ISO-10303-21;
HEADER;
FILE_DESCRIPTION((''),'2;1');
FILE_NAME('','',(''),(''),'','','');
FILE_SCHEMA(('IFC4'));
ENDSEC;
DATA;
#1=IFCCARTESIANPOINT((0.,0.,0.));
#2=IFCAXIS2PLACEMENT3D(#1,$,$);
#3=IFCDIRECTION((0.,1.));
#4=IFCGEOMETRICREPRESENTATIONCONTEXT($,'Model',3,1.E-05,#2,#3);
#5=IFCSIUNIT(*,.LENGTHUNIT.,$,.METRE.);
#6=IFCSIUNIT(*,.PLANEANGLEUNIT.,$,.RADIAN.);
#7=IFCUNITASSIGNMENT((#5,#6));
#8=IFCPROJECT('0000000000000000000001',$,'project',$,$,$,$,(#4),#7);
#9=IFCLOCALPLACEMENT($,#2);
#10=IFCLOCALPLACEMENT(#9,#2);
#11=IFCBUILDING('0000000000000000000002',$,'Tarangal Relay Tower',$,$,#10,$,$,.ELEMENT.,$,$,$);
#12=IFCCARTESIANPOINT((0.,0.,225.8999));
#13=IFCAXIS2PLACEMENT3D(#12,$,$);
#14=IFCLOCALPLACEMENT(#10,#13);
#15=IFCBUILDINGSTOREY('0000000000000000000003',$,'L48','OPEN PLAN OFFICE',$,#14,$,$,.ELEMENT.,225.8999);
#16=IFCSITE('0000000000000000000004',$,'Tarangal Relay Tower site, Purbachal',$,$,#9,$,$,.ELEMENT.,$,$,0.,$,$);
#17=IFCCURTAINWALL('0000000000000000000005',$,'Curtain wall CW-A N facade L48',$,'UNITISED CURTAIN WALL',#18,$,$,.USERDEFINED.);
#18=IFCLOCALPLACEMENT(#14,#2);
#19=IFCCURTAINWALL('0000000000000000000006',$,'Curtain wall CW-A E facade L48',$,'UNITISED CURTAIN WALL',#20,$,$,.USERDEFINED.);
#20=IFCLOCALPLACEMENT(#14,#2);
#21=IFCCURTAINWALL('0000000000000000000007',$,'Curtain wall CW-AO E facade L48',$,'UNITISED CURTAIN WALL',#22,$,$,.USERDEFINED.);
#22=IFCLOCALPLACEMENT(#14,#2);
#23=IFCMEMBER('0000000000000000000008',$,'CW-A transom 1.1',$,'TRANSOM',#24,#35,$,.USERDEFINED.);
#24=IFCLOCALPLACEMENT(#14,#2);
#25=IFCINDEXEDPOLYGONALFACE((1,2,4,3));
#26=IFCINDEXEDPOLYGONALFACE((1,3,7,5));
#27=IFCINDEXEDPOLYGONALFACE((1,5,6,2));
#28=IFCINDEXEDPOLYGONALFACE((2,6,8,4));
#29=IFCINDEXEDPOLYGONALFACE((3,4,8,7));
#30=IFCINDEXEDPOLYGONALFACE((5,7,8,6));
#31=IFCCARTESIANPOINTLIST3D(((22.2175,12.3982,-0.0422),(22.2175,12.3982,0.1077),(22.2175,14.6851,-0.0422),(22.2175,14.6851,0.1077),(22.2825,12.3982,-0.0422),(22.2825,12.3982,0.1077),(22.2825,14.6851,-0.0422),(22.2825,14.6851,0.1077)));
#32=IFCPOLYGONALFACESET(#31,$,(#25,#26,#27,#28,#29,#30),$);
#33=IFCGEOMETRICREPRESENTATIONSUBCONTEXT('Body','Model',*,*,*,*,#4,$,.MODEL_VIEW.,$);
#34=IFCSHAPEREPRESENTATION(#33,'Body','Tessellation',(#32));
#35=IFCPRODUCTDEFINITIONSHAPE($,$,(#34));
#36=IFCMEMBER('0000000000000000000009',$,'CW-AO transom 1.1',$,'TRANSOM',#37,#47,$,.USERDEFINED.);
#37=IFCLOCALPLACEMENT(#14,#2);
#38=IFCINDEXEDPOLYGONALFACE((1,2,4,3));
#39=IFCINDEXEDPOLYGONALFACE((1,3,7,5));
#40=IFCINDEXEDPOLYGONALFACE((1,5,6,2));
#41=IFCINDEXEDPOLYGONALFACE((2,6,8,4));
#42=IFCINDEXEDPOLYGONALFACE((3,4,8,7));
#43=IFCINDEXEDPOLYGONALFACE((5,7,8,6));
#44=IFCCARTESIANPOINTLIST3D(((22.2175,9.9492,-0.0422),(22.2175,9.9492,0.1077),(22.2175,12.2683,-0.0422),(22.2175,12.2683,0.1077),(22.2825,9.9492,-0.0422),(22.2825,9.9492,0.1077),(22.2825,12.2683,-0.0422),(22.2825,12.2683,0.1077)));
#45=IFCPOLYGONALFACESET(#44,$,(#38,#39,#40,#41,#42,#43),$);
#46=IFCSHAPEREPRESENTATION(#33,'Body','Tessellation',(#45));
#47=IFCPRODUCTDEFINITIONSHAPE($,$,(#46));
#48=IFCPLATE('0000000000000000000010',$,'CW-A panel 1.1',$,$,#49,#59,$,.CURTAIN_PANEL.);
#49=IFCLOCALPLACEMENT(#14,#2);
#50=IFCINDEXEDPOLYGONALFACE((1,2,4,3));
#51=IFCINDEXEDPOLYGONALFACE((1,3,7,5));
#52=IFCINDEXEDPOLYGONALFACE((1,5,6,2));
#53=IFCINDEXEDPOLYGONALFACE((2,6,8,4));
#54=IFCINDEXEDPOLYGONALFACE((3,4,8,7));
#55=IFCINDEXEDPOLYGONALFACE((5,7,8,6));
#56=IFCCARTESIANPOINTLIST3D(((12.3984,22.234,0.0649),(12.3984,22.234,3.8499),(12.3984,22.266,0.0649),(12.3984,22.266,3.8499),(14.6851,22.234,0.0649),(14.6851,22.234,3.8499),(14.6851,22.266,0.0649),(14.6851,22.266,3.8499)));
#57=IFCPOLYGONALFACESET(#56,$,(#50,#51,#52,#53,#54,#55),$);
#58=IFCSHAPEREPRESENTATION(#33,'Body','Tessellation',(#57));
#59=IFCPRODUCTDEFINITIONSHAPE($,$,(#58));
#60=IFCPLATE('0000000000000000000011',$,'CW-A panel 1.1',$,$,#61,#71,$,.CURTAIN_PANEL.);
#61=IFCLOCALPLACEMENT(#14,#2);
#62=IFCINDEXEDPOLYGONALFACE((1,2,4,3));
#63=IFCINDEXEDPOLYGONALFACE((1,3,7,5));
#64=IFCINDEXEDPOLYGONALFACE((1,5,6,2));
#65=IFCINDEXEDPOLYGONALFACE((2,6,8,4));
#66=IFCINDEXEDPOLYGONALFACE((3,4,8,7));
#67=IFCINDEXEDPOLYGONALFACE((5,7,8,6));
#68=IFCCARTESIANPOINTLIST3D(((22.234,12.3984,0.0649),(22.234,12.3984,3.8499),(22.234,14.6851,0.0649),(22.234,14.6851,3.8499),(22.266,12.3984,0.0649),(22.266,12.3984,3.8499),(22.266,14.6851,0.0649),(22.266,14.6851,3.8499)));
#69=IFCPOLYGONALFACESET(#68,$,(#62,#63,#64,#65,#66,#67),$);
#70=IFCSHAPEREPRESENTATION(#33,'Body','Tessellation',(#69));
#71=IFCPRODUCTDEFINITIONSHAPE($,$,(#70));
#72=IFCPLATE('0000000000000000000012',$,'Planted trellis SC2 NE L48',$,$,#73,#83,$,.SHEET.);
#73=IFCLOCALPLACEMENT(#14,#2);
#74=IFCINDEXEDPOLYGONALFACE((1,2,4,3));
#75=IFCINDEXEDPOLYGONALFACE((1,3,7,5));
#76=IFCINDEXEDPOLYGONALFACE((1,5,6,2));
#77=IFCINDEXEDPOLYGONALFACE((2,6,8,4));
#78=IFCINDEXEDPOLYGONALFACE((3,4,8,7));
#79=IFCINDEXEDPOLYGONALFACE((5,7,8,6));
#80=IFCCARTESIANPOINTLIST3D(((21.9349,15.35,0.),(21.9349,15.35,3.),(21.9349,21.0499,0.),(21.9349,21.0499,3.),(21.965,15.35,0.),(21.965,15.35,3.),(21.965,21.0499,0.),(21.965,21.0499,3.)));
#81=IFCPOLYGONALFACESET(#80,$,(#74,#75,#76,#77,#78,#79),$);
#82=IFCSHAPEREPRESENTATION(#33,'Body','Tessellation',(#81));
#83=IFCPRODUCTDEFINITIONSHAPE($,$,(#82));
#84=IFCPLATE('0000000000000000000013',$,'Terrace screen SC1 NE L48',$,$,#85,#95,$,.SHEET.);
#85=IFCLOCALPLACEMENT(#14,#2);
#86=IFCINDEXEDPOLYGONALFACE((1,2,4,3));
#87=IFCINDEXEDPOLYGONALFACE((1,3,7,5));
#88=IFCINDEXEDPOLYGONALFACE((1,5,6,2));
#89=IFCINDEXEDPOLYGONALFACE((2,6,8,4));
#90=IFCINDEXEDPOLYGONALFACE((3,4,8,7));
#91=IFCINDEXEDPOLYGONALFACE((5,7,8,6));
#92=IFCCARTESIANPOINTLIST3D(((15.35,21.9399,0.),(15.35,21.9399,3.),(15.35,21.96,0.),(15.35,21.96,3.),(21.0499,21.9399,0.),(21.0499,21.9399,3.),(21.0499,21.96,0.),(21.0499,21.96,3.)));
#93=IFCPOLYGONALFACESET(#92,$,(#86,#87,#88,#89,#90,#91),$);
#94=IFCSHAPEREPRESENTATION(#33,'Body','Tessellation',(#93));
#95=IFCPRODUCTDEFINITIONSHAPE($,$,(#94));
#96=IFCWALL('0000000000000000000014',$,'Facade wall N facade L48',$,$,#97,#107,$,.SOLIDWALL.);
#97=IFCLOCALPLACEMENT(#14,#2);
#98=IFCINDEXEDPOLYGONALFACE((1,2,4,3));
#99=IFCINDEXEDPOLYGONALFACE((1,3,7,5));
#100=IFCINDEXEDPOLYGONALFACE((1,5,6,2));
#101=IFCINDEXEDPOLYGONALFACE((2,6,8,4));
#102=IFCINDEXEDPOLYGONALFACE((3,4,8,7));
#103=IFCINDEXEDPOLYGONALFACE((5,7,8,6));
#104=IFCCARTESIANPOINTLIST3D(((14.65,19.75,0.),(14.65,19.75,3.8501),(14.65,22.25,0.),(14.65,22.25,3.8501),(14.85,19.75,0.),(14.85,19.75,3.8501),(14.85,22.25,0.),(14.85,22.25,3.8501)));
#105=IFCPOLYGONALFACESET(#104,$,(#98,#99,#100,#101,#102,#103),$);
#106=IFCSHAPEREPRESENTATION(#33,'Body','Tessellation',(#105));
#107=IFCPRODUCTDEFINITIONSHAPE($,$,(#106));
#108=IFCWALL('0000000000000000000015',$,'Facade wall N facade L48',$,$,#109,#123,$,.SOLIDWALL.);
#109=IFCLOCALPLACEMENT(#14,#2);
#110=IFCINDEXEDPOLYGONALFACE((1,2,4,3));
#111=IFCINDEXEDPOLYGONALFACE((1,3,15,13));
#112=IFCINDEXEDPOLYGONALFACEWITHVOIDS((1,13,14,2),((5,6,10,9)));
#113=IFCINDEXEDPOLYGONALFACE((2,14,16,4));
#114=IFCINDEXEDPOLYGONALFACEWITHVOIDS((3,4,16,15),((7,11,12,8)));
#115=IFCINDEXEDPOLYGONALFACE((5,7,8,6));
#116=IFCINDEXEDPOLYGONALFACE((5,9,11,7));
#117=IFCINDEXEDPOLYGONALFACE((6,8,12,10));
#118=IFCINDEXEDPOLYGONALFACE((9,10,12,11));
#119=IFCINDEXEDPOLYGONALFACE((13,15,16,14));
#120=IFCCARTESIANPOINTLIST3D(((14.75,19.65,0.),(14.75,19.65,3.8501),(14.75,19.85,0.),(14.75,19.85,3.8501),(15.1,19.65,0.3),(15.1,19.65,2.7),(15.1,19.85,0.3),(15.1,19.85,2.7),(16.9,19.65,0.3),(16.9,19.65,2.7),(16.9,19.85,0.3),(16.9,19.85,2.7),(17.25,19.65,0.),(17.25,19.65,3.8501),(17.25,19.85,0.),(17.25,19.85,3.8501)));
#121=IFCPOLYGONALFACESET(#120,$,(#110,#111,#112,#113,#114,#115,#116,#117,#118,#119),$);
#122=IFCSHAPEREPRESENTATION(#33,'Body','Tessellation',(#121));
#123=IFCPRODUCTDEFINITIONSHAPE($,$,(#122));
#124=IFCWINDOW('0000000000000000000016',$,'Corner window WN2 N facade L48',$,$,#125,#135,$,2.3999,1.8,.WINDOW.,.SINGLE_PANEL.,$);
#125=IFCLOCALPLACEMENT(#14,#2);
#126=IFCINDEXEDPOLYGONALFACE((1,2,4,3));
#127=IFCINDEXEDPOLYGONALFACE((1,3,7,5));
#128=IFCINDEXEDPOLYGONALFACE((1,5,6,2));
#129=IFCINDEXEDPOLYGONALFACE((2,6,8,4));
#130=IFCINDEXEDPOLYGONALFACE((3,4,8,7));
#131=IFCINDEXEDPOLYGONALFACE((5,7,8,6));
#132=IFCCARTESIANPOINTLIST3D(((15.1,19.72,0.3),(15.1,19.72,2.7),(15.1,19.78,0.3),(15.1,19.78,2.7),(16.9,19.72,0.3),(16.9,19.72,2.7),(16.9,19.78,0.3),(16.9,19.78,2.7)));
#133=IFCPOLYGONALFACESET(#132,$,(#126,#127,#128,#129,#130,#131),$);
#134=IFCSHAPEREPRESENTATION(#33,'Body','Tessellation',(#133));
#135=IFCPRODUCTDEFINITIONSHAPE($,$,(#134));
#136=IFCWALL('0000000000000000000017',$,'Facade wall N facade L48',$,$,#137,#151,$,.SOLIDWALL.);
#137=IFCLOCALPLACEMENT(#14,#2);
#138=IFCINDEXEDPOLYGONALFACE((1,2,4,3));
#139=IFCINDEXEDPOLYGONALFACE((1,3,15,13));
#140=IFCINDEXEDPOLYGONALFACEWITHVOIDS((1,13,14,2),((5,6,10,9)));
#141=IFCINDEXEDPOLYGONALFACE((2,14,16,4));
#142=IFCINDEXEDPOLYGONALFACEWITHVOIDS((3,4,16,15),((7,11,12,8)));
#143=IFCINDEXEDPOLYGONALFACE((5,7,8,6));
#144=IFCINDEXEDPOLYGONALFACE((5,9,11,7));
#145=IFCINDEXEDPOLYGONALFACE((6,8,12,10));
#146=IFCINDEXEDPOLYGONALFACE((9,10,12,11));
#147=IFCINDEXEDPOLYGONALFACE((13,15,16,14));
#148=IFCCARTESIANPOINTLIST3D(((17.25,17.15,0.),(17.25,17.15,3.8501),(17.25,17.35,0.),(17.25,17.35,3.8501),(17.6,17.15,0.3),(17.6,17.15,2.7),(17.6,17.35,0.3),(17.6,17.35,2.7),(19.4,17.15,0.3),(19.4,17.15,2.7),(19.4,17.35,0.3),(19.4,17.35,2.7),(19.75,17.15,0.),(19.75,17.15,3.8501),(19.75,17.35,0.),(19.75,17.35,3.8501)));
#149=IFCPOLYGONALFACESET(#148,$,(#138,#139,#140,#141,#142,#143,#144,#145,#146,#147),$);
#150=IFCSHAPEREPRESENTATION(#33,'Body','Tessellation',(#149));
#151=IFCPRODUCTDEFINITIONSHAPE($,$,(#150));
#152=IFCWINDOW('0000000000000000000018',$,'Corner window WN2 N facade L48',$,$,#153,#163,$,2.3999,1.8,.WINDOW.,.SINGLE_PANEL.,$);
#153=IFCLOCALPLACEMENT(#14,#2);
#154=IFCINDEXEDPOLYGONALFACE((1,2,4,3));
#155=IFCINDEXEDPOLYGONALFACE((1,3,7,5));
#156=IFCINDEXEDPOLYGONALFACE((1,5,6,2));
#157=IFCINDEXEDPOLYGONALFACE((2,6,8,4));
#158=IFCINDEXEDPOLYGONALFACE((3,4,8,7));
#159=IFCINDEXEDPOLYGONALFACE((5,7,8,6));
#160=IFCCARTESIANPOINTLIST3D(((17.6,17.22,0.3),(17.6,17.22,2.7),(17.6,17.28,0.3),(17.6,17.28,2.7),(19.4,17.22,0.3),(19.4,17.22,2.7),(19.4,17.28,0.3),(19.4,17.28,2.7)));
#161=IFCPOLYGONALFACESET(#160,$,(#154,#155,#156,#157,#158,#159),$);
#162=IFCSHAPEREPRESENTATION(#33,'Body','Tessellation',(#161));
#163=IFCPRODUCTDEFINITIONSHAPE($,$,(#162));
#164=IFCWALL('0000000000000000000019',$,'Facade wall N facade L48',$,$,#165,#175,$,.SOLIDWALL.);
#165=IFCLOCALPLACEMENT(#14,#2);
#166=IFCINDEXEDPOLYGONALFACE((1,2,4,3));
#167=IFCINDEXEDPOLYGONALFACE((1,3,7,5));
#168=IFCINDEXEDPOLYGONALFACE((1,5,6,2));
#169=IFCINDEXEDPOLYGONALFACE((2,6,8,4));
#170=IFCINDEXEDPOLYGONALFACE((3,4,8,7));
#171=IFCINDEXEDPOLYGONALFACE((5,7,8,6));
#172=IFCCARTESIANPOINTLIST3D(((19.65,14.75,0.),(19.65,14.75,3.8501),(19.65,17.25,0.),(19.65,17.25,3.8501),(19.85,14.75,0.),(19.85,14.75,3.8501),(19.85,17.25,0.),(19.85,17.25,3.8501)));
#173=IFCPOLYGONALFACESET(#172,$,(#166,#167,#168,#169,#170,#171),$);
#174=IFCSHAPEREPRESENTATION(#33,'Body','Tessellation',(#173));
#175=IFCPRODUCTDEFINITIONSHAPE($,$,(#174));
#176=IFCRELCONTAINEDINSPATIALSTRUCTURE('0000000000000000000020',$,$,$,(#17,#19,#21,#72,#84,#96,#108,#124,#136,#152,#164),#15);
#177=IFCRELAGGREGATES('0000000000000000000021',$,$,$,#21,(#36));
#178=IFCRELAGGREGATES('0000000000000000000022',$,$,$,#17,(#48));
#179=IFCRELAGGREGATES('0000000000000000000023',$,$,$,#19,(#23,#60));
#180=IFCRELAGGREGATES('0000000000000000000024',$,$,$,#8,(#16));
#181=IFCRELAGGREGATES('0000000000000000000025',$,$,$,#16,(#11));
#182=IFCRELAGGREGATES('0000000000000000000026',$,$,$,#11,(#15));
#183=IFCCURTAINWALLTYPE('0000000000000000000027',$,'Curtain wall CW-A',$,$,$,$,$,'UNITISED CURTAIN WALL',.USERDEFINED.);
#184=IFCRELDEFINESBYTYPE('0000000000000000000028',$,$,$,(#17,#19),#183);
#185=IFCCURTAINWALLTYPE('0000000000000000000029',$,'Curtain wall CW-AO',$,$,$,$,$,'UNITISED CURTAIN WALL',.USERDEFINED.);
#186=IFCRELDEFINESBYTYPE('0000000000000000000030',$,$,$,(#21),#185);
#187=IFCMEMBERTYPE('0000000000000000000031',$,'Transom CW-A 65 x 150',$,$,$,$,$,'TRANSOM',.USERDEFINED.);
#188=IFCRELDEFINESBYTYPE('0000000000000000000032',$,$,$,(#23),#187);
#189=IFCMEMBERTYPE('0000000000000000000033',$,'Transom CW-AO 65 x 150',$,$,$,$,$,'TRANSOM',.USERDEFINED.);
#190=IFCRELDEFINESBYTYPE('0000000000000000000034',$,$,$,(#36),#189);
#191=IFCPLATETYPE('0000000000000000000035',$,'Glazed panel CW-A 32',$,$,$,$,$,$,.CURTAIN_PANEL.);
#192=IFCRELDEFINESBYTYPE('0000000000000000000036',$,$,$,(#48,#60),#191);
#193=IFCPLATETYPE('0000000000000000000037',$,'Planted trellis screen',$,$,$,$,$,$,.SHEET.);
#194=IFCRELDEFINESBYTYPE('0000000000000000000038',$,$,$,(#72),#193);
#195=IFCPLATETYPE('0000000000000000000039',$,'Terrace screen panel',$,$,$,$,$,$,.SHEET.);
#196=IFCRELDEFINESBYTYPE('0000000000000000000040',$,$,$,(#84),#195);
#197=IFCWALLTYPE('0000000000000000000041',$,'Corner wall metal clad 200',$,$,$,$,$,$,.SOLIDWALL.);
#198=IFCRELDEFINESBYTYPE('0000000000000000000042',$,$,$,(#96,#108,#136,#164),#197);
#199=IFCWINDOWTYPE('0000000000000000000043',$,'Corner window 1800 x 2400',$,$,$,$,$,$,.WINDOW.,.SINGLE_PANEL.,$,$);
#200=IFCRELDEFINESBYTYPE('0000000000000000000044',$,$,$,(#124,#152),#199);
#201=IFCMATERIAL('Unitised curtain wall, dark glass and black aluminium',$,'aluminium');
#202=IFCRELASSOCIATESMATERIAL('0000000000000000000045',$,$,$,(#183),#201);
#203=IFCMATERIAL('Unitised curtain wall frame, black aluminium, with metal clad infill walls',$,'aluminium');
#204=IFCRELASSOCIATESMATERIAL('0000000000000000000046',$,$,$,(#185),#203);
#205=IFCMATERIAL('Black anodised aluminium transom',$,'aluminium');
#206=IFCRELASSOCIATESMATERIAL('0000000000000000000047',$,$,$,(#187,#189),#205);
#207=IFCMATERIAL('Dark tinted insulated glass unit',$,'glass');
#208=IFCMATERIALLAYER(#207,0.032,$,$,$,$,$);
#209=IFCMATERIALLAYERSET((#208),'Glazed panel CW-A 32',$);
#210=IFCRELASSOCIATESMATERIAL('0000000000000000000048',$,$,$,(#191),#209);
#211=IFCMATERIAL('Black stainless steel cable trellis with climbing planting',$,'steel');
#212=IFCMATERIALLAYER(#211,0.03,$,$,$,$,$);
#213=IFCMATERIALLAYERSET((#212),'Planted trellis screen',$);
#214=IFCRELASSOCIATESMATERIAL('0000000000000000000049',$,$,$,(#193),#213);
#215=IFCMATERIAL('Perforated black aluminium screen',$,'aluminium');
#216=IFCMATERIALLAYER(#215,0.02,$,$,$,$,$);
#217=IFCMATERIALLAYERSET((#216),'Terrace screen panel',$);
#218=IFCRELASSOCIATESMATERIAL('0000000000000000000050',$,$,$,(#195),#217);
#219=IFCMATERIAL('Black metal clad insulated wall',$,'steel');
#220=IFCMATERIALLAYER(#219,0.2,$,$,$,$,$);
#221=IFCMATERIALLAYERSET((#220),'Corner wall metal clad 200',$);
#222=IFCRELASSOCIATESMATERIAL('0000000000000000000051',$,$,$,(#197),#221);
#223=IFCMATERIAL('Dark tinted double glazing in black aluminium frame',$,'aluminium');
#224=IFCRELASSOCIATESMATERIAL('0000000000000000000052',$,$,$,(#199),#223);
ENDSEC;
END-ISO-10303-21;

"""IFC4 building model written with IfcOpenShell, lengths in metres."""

from ifc_helpers import new_model, si_unit, direction, frame, frame_2d, origin, origin_2d, place, context, subcontext, project, spatial, rectangle, extrude, material, layer, layer_set, material_profile, profile_set, type_object, element, fill, aggregate, save


model = new_model("IFC4")

# Units and contexts
model_context = context("Model", 3, precision=1e-05, world=origin(), true_north=direction((0.0, 1.0)))
body_context = subcontext(model_context, "Body", "Model", "MODEL_VIEW")
ifc_project = project(units=[si_unit("LENGTHUNIT", "METRE"), si_unit("PLANEANGLEUNIT", "RADIAN")], contexts=[model_context])

# Site, building, storey
site_placement = place(None, origin())
site = spatial("IfcSite", under=ifc_project, at=site_placement, Name="Tarangal Relay Tower site, Purbachal", CompositionType="ELEMENT", RefElevation=0.0)
building_placement = place(site_placement, origin())
building = spatial("IfcBuilding", under=site, at=building_placement, Name="Tarangal Relay Tower", CompositionType="ELEMENT")
storey_placement = place(building_placement, frame((0.0, 0.0, 225.8999)))
storey = spatial("IfcBuildingStorey", under=building, at=storey_placement, Name="L48", Description="OPEN PLAN OFFICE", CompositionType="ELEMENT", Elevation=225.8999)

# Curtain walls
ifc_material_1 = material(Name="Unitised curtain wall, dark glass and black aluminium", Category="aluminium")
curtain_wall_type_1 = type_object("IfcCurtainWallType", Name="Curtain wall CW-A", ElementType="UNITISED CURTAIN WALL", PredefinedType="USERDEFINED", material=ifc_material_1)
curtain_wall_1_placement = place(storey_placement, origin())
curtain_wall_1 = element("IfcCurtainWall", 1, at=curtain_wall_1_placement, inside=storey, type_object=curtain_wall_type_1, Name="Curtain wall CW-A N facade L48", ObjectType="UNITISED CURTAIN WALL", PredefinedType="USERDEFINED")
curtain_wall_2_placement = place(storey_placement, origin())
curtain_wall_2 = element("IfcCurtainWall", 2, at=curtain_wall_2_placement, inside=storey, type_object=curtain_wall_type_1, Name="Curtain wall CW-A E facade L48", ObjectType="UNITISED CURTAIN WALL", PredefinedType="USERDEFINED")

# Curtain wall
ifc_material_2 = material(Name="Unitised curtain wall frame, black aluminium, with metal clad infill walls", Category="aluminium")
curtain_wall_type_2 = type_object("IfcCurtainWallType", Name="Curtain wall CW-AO", ElementType="UNITISED CURTAIN WALL", PredefinedType="USERDEFINED", material=ifc_material_2)
curtain_wall_3_placement = place(storey_placement, origin())
curtain_wall_3 = element("IfcCurtainWall", 3, at=curtain_wall_3_placement, inside=storey, type_object=curtain_wall_type_2, Name="Curtain wall CW-AO E facade L48", ObjectType="UNITISED CURTAIN WALL", PredefinedType="USERDEFINED")

# Members
ifc_material_3 = material(Name="Black anodised aluminium transom", Category="aluminium")
ifc_material_profile_1 = material_profile(ifc_material_3, rectangle(XDim=0.0649, YDim=0.1499, at=origin_2d()), Name="CW-AT 65X150")
ifc_profile_set_1 = profile_set([ifc_material_profile_1], Name="Black anodised aluminium transom")
member_type_1 = type_object("IfcMemberType", Name="Transom CW-A 65 x 150", ElementType="TRANSOM", PredefinedType="USERDEFINED", material=ifc_profile_set_1)
member_1_placement = place(storey_placement, frame((22.25, 14.6851, 0.0327), z_axis=(0.0, -1.0, 0.0), x_axis=(1.0, 0.0, 0.0)))
member_1 = element("IfcMember", 4, at=member_1_placement, type_object=member_type_1, Name="CW-A transom 1.1", ObjectType="TRANSOM", PredefinedType="USERDEFINED", context=body_context, shape_type="SweptSolid", body=[
    extrude(rectangle(XDim=0.0649, YDim=0.1499, at=origin_2d()), origin(), (0.0, 0.0, 1.0), 2.2869),
])
ifc_material_profile_2 = material_profile(ifc_material_3, rectangle(XDim=0.0649, YDim=0.1499, at=origin_2d()), Name="CW-AOT 65X150")
ifc_profile_set_2 = profile_set([ifc_material_profile_2], Name="Black anodised aluminium transom")
member_type_2 = type_object("IfcMemberType", Name="Transom CW-AO 65 x 150", ElementType="TRANSOM", PredefinedType="USERDEFINED", material=ifc_profile_set_2)
member_2_placement = place(storey_placement, frame((22.25, 12.2683, 0.0327), z_axis=(0.0, -1.0, 0.0), x_axis=(1.0, 0.0, 0.0)))
member_2 = element("IfcMember", 5, at=member_2_placement, type_object=member_type_2, Name="CW-AO transom 1.1", ObjectType="TRANSOM", PredefinedType="USERDEFINED", context=body_context, shape_type="SweptSolid", body=[
    extrude(rectangle(XDim=0.0649, YDim=0.1499, at=origin_2d()), origin(), (0.0, 0.0, 1.0), 2.3191),
])
aggregate(curtain_wall_3, [member_2])

# Plates
ifc_material_4 = material(Name="Dark tinted insulated glass unit", Category="glass")
ifc_layer_1 = layer(ifc_material_4, 0.032)
ifc_layer_set_1 = layer_set([ifc_layer_1], Name="Glazed panel CW-A 32")
plate_type_1 = type_object("IfcPlateType", Name="Glazed panel CW-A 32", PredefinedType="CURTAIN_PANEL", material=ifc_layer_set_1)
plate_1_placement = place(storey_placement, frame((13.5417, 22.25, 0.0649), z_axis=(0.0, 0.0, 1.0), x_axis=(1.0, 0.0, 0.0)))
plate_1 = element("IfcPlate", 6, at=plate_1_placement, type_object=plate_type_1, Name="CW-A panel 1.1", PredefinedType="CURTAIN_PANEL", context=body_context, shape_type="SweptSolid", body=[
    extrude(rectangle(XDim=2.2866, YDim=0.032, at=origin_2d()), origin(), (0.0, 0.0, 1.0), 3.7849),
])
aggregate(curtain_wall_1, [plate_1])
plate_2_placement = place(storey_placement, frame((22.25, 13.5417, 0.0649), z_axis=(0.0, 0.0, 1.0), x_axis=(0.0, -1.0, 0.0)))
plate_2 = element("IfcPlate", 7, at=plate_2_placement, type_object=plate_type_1, Name="CW-A panel 1.1", PredefinedType="CURTAIN_PANEL", context=body_context, shape_type="SweptSolid", body=[
    extrude(rectangle(XDim=2.2866, YDim=0.032, at=origin_2d()), origin(), (0.0, 0.0, 1.0), 3.7849),
])
aggregate(curtain_wall_2, [member_1, plate_2])

# Plates
ifc_material_5 = material(Name="Black stainless steel cable trellis with climbing planting", Category="steel")
ifc_layer_2 = layer(ifc_material_5, 0.03)
ifc_layer_set_2 = layer_set([ifc_layer_2], Name="Planted trellis screen")
plate_type_2 = type_object("IfcPlateType", Name="Planted trellis screen", PredefinedType="SHEET", material=ifc_layer_set_2)
plate_3_placement = place(storey_placement, frame((21.95, 18.2, 0.0), z_axis=(0.0, 0.0, 1.0), x_axis=(0.0, -1.0, 0.0)))
element("IfcPlate", 8, at=plate_3_placement, inside=storey, type_object=plate_type_2, Name="Planted trellis SC2 NE L48", PredefinedType="SHEET", context=body_context, shape_type="SweptSolid", body=[
    extrude(rectangle(XDim=5.7, YDim=0.03, at=origin_2d()), origin(), (0.0, 0.0, 1.0), 3.0),
])
ifc_material_6 = material(Name="Perforated black aluminium screen", Category="aluminium")
ifc_layer_3 = layer(ifc_material_6, 0.02)
ifc_layer_set_3 = layer_set([ifc_layer_3], Name="Terrace screen panel")
plate_type_3 = type_object("IfcPlateType", Name="Terrace screen panel", PredefinedType="SHEET", material=ifc_layer_set_3)
plate_4_placement = place(storey_placement, frame((18.2, 21.95, 0.0), z_axis=(0.0, 0.0, 1.0), x_axis=(1.0, 0.0, 0.0)))
element("IfcPlate", 9, at=plate_4_placement, inside=storey, type_object=plate_type_3, Name="Terrace screen SC1 NE L48", PredefinedType="SHEET", context=body_context, shape_type="SweptSolid", body=[
    extrude(rectangle(XDim=5.7, YDim=0.02, at=origin_2d()), origin(), (0.0, 0.0, 1.0), 3.0),
])

# Wall
ifc_material_7 = material(Name="Black metal clad insulated wall", Category="steel")
ifc_layer_4 = layer(ifc_material_7, 0.2)
ifc_layer_set_4 = layer_set([ifc_layer_4], Name="Corner wall metal clad 200")
wall_type_1 = type_object("IfcWallType", Name="Corner wall metal clad 200", PredefinedType="SOLIDWALL", material=ifc_layer_set_4)
wall_1_placement = place(storey_placement, frame((14.75, 22.25, 0.0), z_axis=(0.0, 0.0, 1.0), x_axis=(0.0, -1.0, 0.0)))
element("IfcWall", 10, at=wall_1_placement, inside=storey, type_object=wall_type_1, Name="Facade wall N facade L48", PredefinedType="SOLIDWALL", context=body_context, shape_type="SweptSolid", body=[
    extrude(rectangle(XDim=2.5, YDim=0.2, at=frame_2d((1.25, 0.0))), origin(), (0.0, 0.0, 1.0), 3.8501),
])

# Wall, opening, window
wall_2_placement = place(storey_placement, frame((14.75, 19.75, 0.0), z_axis=(0.0, 0.0, 1.0), x_axis=(1.0, 0.0, 0.0)))
wall_2 = element("IfcWall", 11, at=wall_2_placement, inside=storey, type_object=wall_type_1, Name="Facade wall N facade L48", PredefinedType="SOLIDWALL", context=body_context, shape_type="SweptSolid", body=[
    extrude(rectangle(XDim=2.5, YDim=0.2, at=frame_2d((1.25, 0.0))), origin(), (0.0, 0.0, 1.0), 3.8501),
])
opening_1_placement = place(wall_2_placement, frame((0.3501, 0.0, 0.3)))
opening_1 = element("IfcOpeningElement", 12, at=opening_1_placement, cuts=wall_2, PredefinedType="OPENING", context=body_context, shape_type="SweptSolid", body=[
    extrude(rectangle(XDim=1.8, YDim=2.3999, at=frame_2d((0.8999, 1.2))), frame((0.0, 0.1099, 0.0), z_axis=(0.0, -1.0, 0.0), x_axis=(1.0, 0.0, 0.0)), (0.0, 0.0, 1.0), 0.22),
])
ifc_material_8 = material(Name="Dark tinted double glazing in black aluminium frame", Category="aluminium")
window_type = type_object("IfcWindowType", Name="Corner window 1800 x 2400", PartitioningType="SINGLE_PANEL", PredefinedType="WINDOW", material=ifc_material_8)
window_1_placement = place(opening_1_placement, origin())
window_1 = element("IfcWindow", 13, at=window_1_placement, inside=storey, type_object=window_type, Name="Corner window WN2 N facade L48", OverallHeight=2.3999, OverallWidth=1.8, PartitioningType="SINGLE_PANEL", PredefinedType="WINDOW", context=body_context, shape_type="SweptSolid", body=[
    extrude(rectangle(XDim=1.8, YDim=2.3999, at=frame_2d((0.8999, 1.2))), frame((0.0, 0.03, 0.0), z_axis=(0.0, -1.0, 0.0), x_axis=(1.0, 0.0, 0.0)), (0.0, 0.0, 1.0), 0.0601),
])
fill(opening_1, window_1)

# Wall, opening, window
wall_3_placement = place(storey_placement, frame((17.25, 17.25, 0.0), z_axis=(0.0, 0.0, 1.0), x_axis=(1.0, 0.0, 0.0)))
wall_3 = element("IfcWall", 14, at=wall_3_placement, inside=storey, type_object=wall_type_1, Name="Facade wall N facade L48", PredefinedType="SOLIDWALL", context=body_context, shape_type="SweptSolid", body=[
    extrude(rectangle(XDim=2.5, YDim=0.2, at=frame_2d((1.25, 0.0))), origin(), (0.0, 0.0, 1.0), 3.8501),
])
opening_2_placement = place(wall_3_placement, frame((0.3501, 0.0, 0.3)))
opening_2 = element("IfcOpeningElement", 15, at=opening_2_placement, cuts=wall_3, PredefinedType="OPENING", context=body_context, shape_type="SweptSolid", body=[
    extrude(rectangle(XDim=1.8, YDim=2.3999, at=frame_2d((0.8999, 1.2))), frame((0.0, 0.1099, 0.0), z_axis=(0.0, -1.0, 0.0), x_axis=(1.0, 0.0, 0.0)), (0.0, 0.0, 1.0), 0.22),
])
window_2_placement = place(opening_2_placement, origin())
window_2 = element("IfcWindow", 16, at=window_2_placement, inside=storey, type_object=window_type, Name="Corner window WN2 N facade L48", OverallHeight=2.3999, OverallWidth=1.8, PartitioningType="SINGLE_PANEL", PredefinedType="WINDOW", context=body_context, shape_type="SweptSolid", body=[
    extrude(rectangle(XDim=1.8, YDim=2.3999, at=frame_2d((0.8999, 1.2))), frame((0.0, 0.03, 0.0), z_axis=(0.0, -1.0, 0.0), x_axis=(1.0, 0.0, 0.0)), (0.0, 0.0, 1.0), 0.0601),
])
fill(opening_2, window_2)

# Wall
wall_4_placement = place(storey_placement, frame((19.75, 17.25, 0.0), z_axis=(0.0, 0.0, 1.0), x_axis=(0.0, -1.0, 0.0)))
element("IfcWall", 17, at=wall_4_placement, inside=storey, type_object=wall_type_1, Name="Facade wall N facade L48", PredefinedType="SOLIDWALL", context=body_context, shape_type="SweptSolid", body=[
    extrude(rectangle(XDim=2.5, YDim=0.2, at=frame_2d((1.25, 0.0))), origin(), (0.0, 0.0, 1.0), 3.8501),
])

save(model, "model.ifc")
